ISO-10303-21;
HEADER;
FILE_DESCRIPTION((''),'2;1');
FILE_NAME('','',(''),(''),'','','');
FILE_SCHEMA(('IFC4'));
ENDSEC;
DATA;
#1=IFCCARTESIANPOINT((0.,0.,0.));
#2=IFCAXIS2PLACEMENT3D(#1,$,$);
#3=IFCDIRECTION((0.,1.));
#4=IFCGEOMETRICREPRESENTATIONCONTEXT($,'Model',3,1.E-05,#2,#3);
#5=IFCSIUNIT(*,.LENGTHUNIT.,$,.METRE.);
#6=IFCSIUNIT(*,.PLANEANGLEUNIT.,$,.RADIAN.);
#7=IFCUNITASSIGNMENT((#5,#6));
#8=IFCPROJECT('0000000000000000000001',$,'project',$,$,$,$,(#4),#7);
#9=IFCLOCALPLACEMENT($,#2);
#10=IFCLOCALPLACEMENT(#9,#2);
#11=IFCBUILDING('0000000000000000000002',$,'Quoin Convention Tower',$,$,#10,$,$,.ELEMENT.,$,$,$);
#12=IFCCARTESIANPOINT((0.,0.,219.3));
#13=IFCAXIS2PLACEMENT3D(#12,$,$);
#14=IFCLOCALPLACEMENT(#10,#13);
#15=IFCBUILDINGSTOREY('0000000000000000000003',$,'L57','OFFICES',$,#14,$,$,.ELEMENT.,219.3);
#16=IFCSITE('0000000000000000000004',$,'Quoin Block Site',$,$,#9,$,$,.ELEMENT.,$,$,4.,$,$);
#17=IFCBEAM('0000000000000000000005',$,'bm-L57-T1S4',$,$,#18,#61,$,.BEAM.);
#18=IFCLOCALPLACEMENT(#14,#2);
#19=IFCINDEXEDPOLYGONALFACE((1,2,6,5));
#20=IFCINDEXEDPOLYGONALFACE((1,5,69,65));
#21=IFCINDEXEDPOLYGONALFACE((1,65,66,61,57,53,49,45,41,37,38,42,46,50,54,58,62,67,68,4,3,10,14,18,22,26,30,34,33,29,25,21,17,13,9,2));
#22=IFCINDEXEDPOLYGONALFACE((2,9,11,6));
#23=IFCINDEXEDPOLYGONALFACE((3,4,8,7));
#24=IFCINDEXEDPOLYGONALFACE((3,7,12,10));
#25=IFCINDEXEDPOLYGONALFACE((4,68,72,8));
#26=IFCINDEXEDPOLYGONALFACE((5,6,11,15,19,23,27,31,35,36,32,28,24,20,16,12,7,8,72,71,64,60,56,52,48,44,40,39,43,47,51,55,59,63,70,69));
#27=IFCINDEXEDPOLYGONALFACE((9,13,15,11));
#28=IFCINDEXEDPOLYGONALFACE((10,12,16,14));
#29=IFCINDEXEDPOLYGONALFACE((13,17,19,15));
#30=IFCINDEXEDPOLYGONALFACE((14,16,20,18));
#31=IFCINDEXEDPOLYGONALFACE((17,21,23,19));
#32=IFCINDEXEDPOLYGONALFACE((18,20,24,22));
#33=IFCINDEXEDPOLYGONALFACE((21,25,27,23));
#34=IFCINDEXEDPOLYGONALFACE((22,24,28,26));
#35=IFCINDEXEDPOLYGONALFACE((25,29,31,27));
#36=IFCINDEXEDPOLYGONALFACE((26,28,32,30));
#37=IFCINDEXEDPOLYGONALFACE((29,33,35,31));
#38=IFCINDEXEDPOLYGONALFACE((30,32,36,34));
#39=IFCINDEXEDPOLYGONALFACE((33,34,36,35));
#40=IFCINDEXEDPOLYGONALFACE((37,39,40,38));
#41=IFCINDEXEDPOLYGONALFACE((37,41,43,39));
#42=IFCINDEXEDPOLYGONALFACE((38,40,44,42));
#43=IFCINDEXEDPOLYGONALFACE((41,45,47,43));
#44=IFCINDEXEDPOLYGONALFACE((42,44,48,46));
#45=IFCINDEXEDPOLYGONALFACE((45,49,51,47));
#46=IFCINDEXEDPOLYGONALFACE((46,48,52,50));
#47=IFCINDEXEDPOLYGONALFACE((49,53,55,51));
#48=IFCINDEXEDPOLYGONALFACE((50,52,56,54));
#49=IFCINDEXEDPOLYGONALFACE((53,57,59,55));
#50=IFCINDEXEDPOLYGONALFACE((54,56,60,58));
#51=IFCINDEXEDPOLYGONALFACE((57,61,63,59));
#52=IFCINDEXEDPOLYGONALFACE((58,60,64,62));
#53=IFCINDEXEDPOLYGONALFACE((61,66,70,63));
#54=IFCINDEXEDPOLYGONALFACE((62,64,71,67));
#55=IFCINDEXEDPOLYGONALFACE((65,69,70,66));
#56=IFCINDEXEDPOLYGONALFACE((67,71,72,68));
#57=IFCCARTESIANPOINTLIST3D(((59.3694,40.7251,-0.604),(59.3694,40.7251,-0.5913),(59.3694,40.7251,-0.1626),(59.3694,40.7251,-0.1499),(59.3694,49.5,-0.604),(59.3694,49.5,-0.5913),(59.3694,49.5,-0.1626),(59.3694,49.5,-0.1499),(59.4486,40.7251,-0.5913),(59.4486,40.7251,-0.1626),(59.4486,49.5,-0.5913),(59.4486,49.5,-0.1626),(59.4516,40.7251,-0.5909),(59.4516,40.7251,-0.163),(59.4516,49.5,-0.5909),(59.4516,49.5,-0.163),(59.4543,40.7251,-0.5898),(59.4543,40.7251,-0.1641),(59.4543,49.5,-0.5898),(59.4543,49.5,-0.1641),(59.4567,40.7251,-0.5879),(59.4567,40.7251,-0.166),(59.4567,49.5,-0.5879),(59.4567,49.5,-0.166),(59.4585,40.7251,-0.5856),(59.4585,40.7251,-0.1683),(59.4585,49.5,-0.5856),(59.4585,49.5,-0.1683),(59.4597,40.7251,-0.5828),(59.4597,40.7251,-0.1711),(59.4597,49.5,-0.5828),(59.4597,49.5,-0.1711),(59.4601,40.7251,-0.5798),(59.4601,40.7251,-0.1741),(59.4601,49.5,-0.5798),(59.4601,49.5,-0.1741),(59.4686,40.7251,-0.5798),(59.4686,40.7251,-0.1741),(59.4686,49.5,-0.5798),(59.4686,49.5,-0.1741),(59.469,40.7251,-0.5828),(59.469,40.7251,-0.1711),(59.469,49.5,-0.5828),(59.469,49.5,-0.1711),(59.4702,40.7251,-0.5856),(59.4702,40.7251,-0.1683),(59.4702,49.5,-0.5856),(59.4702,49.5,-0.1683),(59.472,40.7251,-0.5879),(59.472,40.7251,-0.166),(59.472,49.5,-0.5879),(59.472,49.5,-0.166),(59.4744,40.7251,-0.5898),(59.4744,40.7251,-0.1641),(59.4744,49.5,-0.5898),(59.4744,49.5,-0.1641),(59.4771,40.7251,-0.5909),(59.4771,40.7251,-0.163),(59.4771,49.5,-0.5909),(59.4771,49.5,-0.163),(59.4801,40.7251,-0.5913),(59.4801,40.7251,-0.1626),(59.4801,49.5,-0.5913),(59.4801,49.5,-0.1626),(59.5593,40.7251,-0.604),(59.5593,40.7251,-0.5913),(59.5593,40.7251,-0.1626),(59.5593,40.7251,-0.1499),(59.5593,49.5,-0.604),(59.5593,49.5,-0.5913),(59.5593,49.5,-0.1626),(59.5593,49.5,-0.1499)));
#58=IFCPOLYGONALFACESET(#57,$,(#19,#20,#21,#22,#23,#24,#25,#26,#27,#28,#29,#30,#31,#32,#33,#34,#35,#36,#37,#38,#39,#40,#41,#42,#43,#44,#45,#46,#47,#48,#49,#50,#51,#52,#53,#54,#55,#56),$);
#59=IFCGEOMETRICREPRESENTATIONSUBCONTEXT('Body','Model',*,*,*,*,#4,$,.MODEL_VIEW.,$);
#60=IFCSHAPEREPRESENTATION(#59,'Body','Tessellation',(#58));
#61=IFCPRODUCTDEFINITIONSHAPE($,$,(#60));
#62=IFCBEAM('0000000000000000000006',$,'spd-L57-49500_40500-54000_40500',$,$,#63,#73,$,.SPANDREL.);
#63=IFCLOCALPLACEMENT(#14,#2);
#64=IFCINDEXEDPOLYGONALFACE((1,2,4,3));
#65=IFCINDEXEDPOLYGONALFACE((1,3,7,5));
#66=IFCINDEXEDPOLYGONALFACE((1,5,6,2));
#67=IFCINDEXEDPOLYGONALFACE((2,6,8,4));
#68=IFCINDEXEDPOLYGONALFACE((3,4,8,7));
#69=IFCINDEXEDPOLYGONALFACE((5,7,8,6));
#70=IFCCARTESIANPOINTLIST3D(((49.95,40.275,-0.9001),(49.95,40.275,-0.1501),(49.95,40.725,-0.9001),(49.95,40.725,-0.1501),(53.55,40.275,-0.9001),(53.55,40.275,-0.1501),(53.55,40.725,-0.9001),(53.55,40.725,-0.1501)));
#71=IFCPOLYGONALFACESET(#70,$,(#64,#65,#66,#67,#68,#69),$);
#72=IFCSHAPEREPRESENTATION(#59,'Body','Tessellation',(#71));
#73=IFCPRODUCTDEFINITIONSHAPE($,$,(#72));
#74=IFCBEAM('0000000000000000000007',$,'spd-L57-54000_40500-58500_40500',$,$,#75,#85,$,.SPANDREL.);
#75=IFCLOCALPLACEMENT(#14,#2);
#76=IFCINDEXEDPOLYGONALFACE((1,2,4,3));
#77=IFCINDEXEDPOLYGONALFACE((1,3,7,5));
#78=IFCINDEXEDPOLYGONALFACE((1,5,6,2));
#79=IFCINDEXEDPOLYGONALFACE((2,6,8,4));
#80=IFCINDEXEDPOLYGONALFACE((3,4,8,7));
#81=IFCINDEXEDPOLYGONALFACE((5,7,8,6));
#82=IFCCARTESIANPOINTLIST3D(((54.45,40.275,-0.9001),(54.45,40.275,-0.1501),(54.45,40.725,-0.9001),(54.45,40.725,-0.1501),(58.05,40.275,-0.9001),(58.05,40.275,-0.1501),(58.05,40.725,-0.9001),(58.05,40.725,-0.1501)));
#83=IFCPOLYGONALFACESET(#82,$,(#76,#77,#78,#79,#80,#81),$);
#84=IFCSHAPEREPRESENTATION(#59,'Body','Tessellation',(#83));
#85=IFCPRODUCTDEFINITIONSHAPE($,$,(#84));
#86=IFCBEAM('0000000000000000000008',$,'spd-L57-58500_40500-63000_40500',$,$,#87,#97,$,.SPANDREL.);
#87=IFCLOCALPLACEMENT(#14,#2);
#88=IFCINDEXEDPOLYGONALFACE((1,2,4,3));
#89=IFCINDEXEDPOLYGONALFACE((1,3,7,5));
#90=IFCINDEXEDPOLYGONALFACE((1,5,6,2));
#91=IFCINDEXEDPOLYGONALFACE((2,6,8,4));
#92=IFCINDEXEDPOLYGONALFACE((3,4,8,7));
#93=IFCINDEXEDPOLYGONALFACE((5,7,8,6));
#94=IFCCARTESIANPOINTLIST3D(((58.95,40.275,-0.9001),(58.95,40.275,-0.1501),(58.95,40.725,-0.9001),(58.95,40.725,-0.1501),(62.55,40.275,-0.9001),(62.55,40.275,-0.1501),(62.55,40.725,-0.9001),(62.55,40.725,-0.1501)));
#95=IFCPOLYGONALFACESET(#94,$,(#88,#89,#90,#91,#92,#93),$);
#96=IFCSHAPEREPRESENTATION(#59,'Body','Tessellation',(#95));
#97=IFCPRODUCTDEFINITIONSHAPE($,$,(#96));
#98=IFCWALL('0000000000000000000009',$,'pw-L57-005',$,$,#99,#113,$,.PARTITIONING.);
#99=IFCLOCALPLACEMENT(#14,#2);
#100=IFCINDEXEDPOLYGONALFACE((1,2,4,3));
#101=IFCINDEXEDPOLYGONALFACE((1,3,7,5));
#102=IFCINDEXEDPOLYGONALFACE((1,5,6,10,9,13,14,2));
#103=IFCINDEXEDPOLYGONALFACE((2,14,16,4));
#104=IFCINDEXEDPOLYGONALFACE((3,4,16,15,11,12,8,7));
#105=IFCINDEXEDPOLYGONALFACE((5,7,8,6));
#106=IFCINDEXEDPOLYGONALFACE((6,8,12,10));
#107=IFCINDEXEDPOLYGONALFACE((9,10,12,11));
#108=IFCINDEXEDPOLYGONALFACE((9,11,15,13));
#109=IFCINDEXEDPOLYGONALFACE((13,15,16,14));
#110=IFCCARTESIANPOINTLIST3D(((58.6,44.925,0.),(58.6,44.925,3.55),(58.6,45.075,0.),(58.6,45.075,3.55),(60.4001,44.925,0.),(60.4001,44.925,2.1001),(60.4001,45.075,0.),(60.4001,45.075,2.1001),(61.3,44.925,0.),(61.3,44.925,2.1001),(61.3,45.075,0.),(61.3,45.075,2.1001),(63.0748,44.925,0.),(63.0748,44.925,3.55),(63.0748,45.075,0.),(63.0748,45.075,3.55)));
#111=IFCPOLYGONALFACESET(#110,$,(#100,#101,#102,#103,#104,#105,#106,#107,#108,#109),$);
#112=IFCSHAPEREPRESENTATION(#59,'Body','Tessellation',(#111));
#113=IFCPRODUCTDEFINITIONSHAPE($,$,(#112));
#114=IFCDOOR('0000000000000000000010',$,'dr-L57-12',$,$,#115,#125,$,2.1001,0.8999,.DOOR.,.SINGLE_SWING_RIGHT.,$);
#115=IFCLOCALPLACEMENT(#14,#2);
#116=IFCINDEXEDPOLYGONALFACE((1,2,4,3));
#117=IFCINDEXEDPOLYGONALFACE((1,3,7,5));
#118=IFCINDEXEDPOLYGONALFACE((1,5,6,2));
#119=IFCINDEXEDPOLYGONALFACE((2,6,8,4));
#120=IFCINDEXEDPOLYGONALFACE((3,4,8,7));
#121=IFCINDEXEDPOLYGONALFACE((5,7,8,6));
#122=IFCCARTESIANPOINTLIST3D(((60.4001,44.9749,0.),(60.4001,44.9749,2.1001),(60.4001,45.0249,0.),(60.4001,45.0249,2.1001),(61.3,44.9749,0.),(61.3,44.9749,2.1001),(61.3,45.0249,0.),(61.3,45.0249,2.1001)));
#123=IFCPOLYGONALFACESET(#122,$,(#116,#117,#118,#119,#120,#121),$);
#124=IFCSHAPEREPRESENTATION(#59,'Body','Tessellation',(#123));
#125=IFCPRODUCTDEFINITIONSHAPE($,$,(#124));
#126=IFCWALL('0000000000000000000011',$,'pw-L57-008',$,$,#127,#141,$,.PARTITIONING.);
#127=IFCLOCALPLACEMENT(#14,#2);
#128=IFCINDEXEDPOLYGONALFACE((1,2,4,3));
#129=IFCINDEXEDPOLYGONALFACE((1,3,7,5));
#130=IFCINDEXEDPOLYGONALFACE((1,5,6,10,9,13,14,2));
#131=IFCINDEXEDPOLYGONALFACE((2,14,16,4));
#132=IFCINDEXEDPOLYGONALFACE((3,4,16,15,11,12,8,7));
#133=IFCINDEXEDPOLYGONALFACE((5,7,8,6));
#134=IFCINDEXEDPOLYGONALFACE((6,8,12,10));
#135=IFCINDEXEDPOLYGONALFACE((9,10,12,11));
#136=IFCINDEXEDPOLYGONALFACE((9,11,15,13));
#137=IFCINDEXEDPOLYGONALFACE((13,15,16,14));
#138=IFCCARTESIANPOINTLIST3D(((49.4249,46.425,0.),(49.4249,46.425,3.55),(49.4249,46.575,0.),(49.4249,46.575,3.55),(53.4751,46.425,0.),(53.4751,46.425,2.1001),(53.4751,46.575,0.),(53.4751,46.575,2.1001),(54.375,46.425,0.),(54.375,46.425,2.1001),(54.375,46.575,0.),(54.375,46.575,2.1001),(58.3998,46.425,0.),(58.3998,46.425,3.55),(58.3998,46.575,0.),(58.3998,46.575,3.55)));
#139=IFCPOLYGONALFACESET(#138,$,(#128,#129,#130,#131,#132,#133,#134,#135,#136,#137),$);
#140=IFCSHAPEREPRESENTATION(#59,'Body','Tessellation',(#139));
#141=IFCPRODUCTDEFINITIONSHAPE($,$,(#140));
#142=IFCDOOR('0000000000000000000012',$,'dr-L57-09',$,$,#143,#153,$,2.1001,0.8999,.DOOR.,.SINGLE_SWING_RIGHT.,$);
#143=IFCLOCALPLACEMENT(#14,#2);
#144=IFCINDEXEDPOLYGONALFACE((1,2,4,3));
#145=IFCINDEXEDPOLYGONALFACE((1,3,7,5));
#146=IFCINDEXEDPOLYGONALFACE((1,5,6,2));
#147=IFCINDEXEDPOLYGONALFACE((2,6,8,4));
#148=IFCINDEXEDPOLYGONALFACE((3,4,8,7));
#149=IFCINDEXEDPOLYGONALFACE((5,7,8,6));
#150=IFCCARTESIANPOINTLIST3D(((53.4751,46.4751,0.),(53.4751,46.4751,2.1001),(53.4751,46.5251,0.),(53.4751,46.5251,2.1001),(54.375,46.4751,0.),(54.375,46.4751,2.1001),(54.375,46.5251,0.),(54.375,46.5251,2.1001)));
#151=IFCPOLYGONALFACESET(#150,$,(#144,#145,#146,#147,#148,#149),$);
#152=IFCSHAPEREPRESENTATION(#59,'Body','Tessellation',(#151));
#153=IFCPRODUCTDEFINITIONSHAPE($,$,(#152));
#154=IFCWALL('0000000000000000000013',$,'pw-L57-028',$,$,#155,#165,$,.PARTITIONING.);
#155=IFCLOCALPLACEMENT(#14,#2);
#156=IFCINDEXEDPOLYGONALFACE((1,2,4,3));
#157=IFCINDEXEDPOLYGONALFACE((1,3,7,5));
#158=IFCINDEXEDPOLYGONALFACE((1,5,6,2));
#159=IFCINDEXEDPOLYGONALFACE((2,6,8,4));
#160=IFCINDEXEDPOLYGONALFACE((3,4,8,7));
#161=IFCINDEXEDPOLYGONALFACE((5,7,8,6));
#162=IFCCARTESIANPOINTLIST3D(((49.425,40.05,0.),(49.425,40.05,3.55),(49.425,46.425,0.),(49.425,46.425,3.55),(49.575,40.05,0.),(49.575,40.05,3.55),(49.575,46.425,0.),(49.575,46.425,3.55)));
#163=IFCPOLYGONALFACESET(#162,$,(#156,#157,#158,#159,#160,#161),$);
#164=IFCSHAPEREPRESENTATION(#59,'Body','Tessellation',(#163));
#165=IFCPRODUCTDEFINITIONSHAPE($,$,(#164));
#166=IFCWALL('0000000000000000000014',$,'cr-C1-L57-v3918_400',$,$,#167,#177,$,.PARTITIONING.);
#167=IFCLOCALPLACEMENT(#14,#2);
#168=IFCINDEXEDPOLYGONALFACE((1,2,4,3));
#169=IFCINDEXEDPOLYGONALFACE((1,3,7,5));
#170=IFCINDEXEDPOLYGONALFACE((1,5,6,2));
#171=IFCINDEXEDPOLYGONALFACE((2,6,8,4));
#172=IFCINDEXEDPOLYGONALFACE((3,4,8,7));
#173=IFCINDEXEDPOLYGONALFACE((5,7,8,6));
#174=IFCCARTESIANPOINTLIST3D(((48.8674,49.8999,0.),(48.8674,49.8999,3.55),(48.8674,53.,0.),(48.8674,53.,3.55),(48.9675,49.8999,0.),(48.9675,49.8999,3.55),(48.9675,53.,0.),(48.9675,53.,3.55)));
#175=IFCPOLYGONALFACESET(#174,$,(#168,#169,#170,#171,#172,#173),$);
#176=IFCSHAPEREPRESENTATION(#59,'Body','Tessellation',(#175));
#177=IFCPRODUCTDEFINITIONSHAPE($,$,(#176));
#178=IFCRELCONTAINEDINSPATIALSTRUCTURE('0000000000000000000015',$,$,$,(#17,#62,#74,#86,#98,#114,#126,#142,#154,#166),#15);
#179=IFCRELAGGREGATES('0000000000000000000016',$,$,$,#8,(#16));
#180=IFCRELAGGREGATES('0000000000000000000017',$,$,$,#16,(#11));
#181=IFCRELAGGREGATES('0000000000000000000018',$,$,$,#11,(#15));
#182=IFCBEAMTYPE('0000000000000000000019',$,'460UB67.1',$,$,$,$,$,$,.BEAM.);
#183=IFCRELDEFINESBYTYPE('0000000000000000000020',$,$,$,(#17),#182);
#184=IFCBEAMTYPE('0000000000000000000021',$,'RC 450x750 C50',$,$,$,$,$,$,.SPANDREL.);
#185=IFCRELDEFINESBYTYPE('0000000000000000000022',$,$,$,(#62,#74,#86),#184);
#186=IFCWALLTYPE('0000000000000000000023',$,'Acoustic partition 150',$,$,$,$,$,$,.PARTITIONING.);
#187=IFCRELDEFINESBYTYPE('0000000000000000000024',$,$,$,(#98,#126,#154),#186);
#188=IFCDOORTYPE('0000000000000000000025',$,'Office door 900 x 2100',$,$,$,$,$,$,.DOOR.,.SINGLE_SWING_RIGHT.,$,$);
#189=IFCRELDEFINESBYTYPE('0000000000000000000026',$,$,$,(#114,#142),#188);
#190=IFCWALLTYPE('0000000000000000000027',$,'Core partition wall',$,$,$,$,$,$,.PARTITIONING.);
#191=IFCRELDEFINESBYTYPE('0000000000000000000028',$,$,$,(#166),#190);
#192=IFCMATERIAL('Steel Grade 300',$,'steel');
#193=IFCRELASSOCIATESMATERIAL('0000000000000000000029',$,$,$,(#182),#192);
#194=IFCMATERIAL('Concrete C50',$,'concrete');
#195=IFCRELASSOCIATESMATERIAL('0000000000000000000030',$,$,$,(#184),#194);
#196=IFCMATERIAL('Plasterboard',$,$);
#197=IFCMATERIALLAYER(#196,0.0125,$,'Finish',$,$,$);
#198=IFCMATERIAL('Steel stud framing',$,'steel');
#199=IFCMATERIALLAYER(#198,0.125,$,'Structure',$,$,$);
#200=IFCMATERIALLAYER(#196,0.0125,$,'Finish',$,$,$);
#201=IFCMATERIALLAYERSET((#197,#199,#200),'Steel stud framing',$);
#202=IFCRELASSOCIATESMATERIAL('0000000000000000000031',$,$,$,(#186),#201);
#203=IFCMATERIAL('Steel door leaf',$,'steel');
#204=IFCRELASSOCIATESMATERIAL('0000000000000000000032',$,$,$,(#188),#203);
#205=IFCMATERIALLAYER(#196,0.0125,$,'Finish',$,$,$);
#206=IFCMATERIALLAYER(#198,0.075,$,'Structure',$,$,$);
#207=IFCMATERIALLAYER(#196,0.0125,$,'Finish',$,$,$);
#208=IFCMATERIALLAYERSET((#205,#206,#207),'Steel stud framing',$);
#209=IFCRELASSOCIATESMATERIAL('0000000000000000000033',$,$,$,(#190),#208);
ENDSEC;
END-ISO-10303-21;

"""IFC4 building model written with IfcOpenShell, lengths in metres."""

from ifc_helpers import new_model, si_unit, direction, frame, frame_2d, origin, origin_2d, place, context, subcontext, project, spatial, rectangle, i_section, extrude, material, layer, layer_set, material_profile, profile_set, type_object, element, fill, save


model = new_model("IFC4")

# Units and contexts
model_context = context("Model", 3, precision=1e-05, world=origin(), true_north=direction((0.0, 1.0)))
body_context = subcontext(model_context, "Body", "Model", "MODEL_VIEW")
ifc_project = project(units=[si_unit("LENGTHUNIT", "METRE"), si_unit("PLANEANGLEUNIT", "RADIAN")], contexts=[model_context])

# Site, building, storey
site_placement = place(None, origin())
site = spatial("IfcSite", under=ifc_project, at=site_placement, Name="Quoin Block Site", CompositionType="ELEMENT", RefElevation=4.0)
building_placement = place(site_placement, origin())
building = spatial("IfcBuilding", under=site, at=building_placement, Name="Quoin Convention Tower", CompositionType="ELEMENT")
storey_placement = place(building_placement, frame((0.0, 0.0, 219.3)))
storey = spatial("IfcBuildingStorey", under=building, at=storey_placement, Name="L57", Description="OFFICES", CompositionType="ELEMENT", Elevation=219.3)

# Shared definitions
ifc_material_1 = material(Name="Concrete C50", Category="concrete")

# Beams
ifc_material_2 = material(Name="Steel Grade 300", Category="steel")
ifc_material_profile_1 = material_profile(ifc_material_2, i_section(OverallWidth=0.1899, OverallDepth=0.4541, WebThickness=0.0085, FlangeThickness=0.0127, FilletRadius=0.0115, at=origin_2d()), Name="460UB67.1")
ifc_profile_set_1 = profile_set([ifc_material_profile_1], Name="Steel Grade 300")
beam_type_1 = type_object("IfcBeamType", Name="460UB67.1", PredefinedType="BEAM", material=ifc_profile_set_1)
for number, where, z_axis, x_axis, name in (
    (1, (59.4644, 40.7251, -0.377), (0.0, 1.0, 0.0), (-1.0, 0.0, 0.0), "bm-L57-T1S4"),
):
    element("IfcBeam", number, at=place(storey_placement, frame(where, z_axis=z_axis, x_axis=x_axis)), inside=storey, type_object=beam_type_1, Name=name, PredefinedType="BEAM", context=body_context, shape_type="SweptSolid", body=[
        extrude(i_section(OverallWidth=0.1899, OverallDepth=0.4541, WebThickness=0.0085, FlangeThickness=0.0127, FilletRadius=0.0115, at=origin_2d()), origin(), (0.0, 0.0, 1.0), 8.7749),
    ])
ifc_material_profile_2 = material_profile(ifc_material_1, rectangle(XDim=0.45, YDim=0.75, at=origin_2d()), Name="RC 450x750")
ifc_profile_set_2 = profile_set([ifc_material_profile_2], Name="Concrete C50")
beam_type_2 = type_object("IfcBeamType", Name="RC 450x750 C50", PredefinedType="SPANDREL", material=ifc_profile_set_2)
for number, where, z_axis, x_axis, name in (
    (2, (49.95, 40.5, -0.5251), (1.0, 0.0, 0.0), (0.0, 1.0, 0.0), "spd-L57-49500_40500-54000_40500"),
    (3, (54.45, 40.5, -0.5251), (1.0, 0.0, 0.0), (0.0, 1.0, 0.0), "spd-L57-54000_40500-58500_40500"),
    (4, (58.95, 40.5, -0.5251), (1.0, 0.0, 0.0), (0.0, 1.0, 0.0), "spd-L57-58500_40500-63000_40500"),
):
    element("IfcBeam", number, at=place(storey_placement, frame(where, z_axis=z_axis, x_axis=x_axis)), inside=storey, type_object=beam_type_2, Name=name, PredefinedType="SPANDREL", context=body_context, shape_type="SweptSolid", body=[
        extrude(rectangle(XDim=0.45, YDim=0.75, at=origin_2d()), origin(), (0.0, 0.0, 1.0), 3.6001),
    ])

# Walls, openings, doors
ifc_material_3 = material(Name="Plasterboard")
ifc_layer_1 = layer(ifc_material_3, 0.0125, Name="Finish")
ifc_material_4 = material(Name="Steel stud framing", Category="steel")
ifc_layer_2 = layer(ifc_material_4, 0.125, Name="Structure")
ifc_layer_3 = layer(ifc_material_3, 0.0125, Name="Finish")
ifc_layer_set_1 = layer_set([ifc_layer_1, ifc_layer_2, ifc_layer_3], Name="Steel stud framing")
wall_type_1 = type_object("IfcWallType", Name="Acoustic partition 150", PredefinedType="PARTITIONING", material=ifc_layer_set_1)
wall_1_placement = place(storey_placement, frame((58.6001, 45.0, 0.0), z_axis=(0.0, 0.0, 1.0), x_axis=(1.0, 0.0, 0.0)))
wall_1 = element("IfcWall", 5, at=wall_1_placement, inside=storey, type_object=wall_type_1, Name="pw-L57-005", PredefinedType="PARTITIONING", context=body_context, shape_type="SweptSolid", body=[
    extrude(rectangle(XDim=4.4749, YDim=0.1499, at=frame_2d((2.2373, 0.0))), origin(), (0.0, 0.0, 1.0), 3.55),
])
opening_1_placement = place(wall_1_placement, frame((1.8, 0.0, 0.0)))
opening_1 = element("IfcOpeningElement", 6, at=opening_1_placement, cuts=wall_1, PredefinedType="OPENING", context=body_context, shape_type="SweptSolid", body=[
    extrude(rectangle(XDim=0.8999, YDim=2.1001, at=frame_2d((0.45, 1.05))), frame((0.0, 0.085, 0.0), z_axis=(0.0, -1.0, 0.0), x_axis=(1.0, 0.0, 0.0)), (0.0, 0.0, 1.0), 0.1699),
])
ifc_material_5 = material(Name="Steel door leaf", Category="steel")
door_type = type_object("IfcDoorType", Name="Office door 900 x 2100", OperationType="SINGLE_SWING_RIGHT", PredefinedType="DOOR", material=ifc_material_5)
door_1_placement = place(opening_1_placement, origin())
door_1 = element("IfcDoor", 7, at=door_1_placement, inside=storey, type_object=door_type, Name="dr-L57-12", OperationType="SINGLE_SWING_RIGHT", OverallHeight=2.1001, OverallWidth=0.8999, PredefinedType="DOOR", context=body_context, shape_type="SweptSolid", body=[
    extrude(rectangle(XDim=0.8999, YDim=2.1001, at=frame_2d((0.45, 1.05))), frame((0.0, 0.0249, 0.0), z_axis=(0.0, -1.0, 0.0), x_axis=(1.0, 0.0, 0.0)), (0.0, 0.0, 1.0), 0.05),
])
fill(opening_1, door_1)
wall_2_placement = place(storey_placement, frame((49.425, 46.5, 0.0), z_axis=(0.0, 0.0, 1.0), x_axis=(1.0, 0.0, 0.0)))
wall_2 = element("IfcWall", 8, at=wall_2_placement, inside=storey, type_object=wall_type_1, Name="pw-L57-008", PredefinedType="PARTITIONING", context=body_context, shape_type="SweptSolid", body=[
    extrude(rectangle(XDim=8.9749, YDim=0.1499, at=frame_2d((4.4873, 0.0))), origin(), (0.0, 0.0, 1.0), 3.55),
])
opening_2_placement = place(wall_2_placement, frame((4.05, 0.0, 0.0)))
opening_2 = element("IfcOpeningElement", 9, at=opening_2_placement, cuts=wall_2, PredefinedType="OPENING", context=body_context, shape_type="SweptSolid", body=[
    extrude(rectangle(XDim=0.8999, YDim=2.1001, at=frame_2d((0.45, 1.05))), frame((0.0, 0.085, 0.0), z_axis=(0.0, -1.0, 0.0), x_axis=(1.0, 0.0, 0.0)), (0.0, 0.0, 1.0), 0.1699),
])
door_2_placement = place(opening_2_placement, frame((0.8999, 0.0, 0.0), z_axis=(0.0, 0.0, 1.0), x_axis=(-1.0, 0.0, 0.0)))
door_2 = element("IfcDoor", 10, at=door_2_placement, inside=storey, type_object=door_type, Name="dr-L57-09", OperationType="SINGLE_SWING_RIGHT", OverallHeight=2.1001, OverallWidth=0.8999, PredefinedType="DOOR", context=body_context, shape_type="SweptSolid", body=[
    extrude(rectangle(XDim=0.8999, YDim=2.1001, at=frame_2d((0.45, 1.05))), frame((0.0, 0.0249, 0.0), z_axis=(0.0, -1.0, 0.0), x_axis=(1.0, 0.0, 0.0)), (0.0, 0.0, 1.0), 0.05),
])
fill(opening_2, door_2)

# Walls
wall_3_placement = place(storey_placement, frame((49.5, 40.05, 0.0), z_axis=(0.0, 0.0, 1.0), x_axis=(0.0, 1.0, 0.0)))
element("IfcWall", 11, at=wall_3_placement, inside=storey, type_object=wall_type_1, Name="pw-L57-028", PredefinedType="PARTITIONING", context=body_context, shape_type="SweptSolid", body=[
    extrude(rectangle(XDim=6.375, YDim=0.1499, at=frame_2d((3.1875, 0.0))), origin(), (0.0, 0.0, 1.0), 3.55),
])
ifc_layer_4 = layer(ifc_material_3, 0.0125, Name="Finish")
ifc_layer_5 = layer(ifc_material_4, 0.075, Name="Structure")
ifc_layer_6 = layer(ifc_material_3, 0.0125, Name="Finish")
ifc_layer_set_2 = layer_set([ifc_layer_4, ifc_layer_5, ifc_layer_6], Name="Steel stud framing")
wall_type_2 = type_object("IfcWallType", Name="Core partition wall", PredefinedType="PARTITIONING", material=ifc_layer_set_2)
for number, where, z_axis, x_axis, name in (
    (12, (48.9175, 49.8999, 0.0), (0.0, 0.0, 1.0), (0.0, 1.0, 0.0), "cr-C1-L57-v3918_400"),
):
    element("IfcWall", number, at=place(storey_placement, frame(where, z_axis=z_axis, x_axis=x_axis)), inside=storey, type_object=wall_type_2, Name=name, PredefinedType="PARTITIONING", context=body_context, shape_type="SweptSolid", body=[
        extrude(rectangle(XDim=3.1001, YDim=0.1001, at=frame_2d((1.55, 0.0))), origin(), (0.0, 0.0, 1.0), 3.55),
    ])

save(model, "model.ifc")
